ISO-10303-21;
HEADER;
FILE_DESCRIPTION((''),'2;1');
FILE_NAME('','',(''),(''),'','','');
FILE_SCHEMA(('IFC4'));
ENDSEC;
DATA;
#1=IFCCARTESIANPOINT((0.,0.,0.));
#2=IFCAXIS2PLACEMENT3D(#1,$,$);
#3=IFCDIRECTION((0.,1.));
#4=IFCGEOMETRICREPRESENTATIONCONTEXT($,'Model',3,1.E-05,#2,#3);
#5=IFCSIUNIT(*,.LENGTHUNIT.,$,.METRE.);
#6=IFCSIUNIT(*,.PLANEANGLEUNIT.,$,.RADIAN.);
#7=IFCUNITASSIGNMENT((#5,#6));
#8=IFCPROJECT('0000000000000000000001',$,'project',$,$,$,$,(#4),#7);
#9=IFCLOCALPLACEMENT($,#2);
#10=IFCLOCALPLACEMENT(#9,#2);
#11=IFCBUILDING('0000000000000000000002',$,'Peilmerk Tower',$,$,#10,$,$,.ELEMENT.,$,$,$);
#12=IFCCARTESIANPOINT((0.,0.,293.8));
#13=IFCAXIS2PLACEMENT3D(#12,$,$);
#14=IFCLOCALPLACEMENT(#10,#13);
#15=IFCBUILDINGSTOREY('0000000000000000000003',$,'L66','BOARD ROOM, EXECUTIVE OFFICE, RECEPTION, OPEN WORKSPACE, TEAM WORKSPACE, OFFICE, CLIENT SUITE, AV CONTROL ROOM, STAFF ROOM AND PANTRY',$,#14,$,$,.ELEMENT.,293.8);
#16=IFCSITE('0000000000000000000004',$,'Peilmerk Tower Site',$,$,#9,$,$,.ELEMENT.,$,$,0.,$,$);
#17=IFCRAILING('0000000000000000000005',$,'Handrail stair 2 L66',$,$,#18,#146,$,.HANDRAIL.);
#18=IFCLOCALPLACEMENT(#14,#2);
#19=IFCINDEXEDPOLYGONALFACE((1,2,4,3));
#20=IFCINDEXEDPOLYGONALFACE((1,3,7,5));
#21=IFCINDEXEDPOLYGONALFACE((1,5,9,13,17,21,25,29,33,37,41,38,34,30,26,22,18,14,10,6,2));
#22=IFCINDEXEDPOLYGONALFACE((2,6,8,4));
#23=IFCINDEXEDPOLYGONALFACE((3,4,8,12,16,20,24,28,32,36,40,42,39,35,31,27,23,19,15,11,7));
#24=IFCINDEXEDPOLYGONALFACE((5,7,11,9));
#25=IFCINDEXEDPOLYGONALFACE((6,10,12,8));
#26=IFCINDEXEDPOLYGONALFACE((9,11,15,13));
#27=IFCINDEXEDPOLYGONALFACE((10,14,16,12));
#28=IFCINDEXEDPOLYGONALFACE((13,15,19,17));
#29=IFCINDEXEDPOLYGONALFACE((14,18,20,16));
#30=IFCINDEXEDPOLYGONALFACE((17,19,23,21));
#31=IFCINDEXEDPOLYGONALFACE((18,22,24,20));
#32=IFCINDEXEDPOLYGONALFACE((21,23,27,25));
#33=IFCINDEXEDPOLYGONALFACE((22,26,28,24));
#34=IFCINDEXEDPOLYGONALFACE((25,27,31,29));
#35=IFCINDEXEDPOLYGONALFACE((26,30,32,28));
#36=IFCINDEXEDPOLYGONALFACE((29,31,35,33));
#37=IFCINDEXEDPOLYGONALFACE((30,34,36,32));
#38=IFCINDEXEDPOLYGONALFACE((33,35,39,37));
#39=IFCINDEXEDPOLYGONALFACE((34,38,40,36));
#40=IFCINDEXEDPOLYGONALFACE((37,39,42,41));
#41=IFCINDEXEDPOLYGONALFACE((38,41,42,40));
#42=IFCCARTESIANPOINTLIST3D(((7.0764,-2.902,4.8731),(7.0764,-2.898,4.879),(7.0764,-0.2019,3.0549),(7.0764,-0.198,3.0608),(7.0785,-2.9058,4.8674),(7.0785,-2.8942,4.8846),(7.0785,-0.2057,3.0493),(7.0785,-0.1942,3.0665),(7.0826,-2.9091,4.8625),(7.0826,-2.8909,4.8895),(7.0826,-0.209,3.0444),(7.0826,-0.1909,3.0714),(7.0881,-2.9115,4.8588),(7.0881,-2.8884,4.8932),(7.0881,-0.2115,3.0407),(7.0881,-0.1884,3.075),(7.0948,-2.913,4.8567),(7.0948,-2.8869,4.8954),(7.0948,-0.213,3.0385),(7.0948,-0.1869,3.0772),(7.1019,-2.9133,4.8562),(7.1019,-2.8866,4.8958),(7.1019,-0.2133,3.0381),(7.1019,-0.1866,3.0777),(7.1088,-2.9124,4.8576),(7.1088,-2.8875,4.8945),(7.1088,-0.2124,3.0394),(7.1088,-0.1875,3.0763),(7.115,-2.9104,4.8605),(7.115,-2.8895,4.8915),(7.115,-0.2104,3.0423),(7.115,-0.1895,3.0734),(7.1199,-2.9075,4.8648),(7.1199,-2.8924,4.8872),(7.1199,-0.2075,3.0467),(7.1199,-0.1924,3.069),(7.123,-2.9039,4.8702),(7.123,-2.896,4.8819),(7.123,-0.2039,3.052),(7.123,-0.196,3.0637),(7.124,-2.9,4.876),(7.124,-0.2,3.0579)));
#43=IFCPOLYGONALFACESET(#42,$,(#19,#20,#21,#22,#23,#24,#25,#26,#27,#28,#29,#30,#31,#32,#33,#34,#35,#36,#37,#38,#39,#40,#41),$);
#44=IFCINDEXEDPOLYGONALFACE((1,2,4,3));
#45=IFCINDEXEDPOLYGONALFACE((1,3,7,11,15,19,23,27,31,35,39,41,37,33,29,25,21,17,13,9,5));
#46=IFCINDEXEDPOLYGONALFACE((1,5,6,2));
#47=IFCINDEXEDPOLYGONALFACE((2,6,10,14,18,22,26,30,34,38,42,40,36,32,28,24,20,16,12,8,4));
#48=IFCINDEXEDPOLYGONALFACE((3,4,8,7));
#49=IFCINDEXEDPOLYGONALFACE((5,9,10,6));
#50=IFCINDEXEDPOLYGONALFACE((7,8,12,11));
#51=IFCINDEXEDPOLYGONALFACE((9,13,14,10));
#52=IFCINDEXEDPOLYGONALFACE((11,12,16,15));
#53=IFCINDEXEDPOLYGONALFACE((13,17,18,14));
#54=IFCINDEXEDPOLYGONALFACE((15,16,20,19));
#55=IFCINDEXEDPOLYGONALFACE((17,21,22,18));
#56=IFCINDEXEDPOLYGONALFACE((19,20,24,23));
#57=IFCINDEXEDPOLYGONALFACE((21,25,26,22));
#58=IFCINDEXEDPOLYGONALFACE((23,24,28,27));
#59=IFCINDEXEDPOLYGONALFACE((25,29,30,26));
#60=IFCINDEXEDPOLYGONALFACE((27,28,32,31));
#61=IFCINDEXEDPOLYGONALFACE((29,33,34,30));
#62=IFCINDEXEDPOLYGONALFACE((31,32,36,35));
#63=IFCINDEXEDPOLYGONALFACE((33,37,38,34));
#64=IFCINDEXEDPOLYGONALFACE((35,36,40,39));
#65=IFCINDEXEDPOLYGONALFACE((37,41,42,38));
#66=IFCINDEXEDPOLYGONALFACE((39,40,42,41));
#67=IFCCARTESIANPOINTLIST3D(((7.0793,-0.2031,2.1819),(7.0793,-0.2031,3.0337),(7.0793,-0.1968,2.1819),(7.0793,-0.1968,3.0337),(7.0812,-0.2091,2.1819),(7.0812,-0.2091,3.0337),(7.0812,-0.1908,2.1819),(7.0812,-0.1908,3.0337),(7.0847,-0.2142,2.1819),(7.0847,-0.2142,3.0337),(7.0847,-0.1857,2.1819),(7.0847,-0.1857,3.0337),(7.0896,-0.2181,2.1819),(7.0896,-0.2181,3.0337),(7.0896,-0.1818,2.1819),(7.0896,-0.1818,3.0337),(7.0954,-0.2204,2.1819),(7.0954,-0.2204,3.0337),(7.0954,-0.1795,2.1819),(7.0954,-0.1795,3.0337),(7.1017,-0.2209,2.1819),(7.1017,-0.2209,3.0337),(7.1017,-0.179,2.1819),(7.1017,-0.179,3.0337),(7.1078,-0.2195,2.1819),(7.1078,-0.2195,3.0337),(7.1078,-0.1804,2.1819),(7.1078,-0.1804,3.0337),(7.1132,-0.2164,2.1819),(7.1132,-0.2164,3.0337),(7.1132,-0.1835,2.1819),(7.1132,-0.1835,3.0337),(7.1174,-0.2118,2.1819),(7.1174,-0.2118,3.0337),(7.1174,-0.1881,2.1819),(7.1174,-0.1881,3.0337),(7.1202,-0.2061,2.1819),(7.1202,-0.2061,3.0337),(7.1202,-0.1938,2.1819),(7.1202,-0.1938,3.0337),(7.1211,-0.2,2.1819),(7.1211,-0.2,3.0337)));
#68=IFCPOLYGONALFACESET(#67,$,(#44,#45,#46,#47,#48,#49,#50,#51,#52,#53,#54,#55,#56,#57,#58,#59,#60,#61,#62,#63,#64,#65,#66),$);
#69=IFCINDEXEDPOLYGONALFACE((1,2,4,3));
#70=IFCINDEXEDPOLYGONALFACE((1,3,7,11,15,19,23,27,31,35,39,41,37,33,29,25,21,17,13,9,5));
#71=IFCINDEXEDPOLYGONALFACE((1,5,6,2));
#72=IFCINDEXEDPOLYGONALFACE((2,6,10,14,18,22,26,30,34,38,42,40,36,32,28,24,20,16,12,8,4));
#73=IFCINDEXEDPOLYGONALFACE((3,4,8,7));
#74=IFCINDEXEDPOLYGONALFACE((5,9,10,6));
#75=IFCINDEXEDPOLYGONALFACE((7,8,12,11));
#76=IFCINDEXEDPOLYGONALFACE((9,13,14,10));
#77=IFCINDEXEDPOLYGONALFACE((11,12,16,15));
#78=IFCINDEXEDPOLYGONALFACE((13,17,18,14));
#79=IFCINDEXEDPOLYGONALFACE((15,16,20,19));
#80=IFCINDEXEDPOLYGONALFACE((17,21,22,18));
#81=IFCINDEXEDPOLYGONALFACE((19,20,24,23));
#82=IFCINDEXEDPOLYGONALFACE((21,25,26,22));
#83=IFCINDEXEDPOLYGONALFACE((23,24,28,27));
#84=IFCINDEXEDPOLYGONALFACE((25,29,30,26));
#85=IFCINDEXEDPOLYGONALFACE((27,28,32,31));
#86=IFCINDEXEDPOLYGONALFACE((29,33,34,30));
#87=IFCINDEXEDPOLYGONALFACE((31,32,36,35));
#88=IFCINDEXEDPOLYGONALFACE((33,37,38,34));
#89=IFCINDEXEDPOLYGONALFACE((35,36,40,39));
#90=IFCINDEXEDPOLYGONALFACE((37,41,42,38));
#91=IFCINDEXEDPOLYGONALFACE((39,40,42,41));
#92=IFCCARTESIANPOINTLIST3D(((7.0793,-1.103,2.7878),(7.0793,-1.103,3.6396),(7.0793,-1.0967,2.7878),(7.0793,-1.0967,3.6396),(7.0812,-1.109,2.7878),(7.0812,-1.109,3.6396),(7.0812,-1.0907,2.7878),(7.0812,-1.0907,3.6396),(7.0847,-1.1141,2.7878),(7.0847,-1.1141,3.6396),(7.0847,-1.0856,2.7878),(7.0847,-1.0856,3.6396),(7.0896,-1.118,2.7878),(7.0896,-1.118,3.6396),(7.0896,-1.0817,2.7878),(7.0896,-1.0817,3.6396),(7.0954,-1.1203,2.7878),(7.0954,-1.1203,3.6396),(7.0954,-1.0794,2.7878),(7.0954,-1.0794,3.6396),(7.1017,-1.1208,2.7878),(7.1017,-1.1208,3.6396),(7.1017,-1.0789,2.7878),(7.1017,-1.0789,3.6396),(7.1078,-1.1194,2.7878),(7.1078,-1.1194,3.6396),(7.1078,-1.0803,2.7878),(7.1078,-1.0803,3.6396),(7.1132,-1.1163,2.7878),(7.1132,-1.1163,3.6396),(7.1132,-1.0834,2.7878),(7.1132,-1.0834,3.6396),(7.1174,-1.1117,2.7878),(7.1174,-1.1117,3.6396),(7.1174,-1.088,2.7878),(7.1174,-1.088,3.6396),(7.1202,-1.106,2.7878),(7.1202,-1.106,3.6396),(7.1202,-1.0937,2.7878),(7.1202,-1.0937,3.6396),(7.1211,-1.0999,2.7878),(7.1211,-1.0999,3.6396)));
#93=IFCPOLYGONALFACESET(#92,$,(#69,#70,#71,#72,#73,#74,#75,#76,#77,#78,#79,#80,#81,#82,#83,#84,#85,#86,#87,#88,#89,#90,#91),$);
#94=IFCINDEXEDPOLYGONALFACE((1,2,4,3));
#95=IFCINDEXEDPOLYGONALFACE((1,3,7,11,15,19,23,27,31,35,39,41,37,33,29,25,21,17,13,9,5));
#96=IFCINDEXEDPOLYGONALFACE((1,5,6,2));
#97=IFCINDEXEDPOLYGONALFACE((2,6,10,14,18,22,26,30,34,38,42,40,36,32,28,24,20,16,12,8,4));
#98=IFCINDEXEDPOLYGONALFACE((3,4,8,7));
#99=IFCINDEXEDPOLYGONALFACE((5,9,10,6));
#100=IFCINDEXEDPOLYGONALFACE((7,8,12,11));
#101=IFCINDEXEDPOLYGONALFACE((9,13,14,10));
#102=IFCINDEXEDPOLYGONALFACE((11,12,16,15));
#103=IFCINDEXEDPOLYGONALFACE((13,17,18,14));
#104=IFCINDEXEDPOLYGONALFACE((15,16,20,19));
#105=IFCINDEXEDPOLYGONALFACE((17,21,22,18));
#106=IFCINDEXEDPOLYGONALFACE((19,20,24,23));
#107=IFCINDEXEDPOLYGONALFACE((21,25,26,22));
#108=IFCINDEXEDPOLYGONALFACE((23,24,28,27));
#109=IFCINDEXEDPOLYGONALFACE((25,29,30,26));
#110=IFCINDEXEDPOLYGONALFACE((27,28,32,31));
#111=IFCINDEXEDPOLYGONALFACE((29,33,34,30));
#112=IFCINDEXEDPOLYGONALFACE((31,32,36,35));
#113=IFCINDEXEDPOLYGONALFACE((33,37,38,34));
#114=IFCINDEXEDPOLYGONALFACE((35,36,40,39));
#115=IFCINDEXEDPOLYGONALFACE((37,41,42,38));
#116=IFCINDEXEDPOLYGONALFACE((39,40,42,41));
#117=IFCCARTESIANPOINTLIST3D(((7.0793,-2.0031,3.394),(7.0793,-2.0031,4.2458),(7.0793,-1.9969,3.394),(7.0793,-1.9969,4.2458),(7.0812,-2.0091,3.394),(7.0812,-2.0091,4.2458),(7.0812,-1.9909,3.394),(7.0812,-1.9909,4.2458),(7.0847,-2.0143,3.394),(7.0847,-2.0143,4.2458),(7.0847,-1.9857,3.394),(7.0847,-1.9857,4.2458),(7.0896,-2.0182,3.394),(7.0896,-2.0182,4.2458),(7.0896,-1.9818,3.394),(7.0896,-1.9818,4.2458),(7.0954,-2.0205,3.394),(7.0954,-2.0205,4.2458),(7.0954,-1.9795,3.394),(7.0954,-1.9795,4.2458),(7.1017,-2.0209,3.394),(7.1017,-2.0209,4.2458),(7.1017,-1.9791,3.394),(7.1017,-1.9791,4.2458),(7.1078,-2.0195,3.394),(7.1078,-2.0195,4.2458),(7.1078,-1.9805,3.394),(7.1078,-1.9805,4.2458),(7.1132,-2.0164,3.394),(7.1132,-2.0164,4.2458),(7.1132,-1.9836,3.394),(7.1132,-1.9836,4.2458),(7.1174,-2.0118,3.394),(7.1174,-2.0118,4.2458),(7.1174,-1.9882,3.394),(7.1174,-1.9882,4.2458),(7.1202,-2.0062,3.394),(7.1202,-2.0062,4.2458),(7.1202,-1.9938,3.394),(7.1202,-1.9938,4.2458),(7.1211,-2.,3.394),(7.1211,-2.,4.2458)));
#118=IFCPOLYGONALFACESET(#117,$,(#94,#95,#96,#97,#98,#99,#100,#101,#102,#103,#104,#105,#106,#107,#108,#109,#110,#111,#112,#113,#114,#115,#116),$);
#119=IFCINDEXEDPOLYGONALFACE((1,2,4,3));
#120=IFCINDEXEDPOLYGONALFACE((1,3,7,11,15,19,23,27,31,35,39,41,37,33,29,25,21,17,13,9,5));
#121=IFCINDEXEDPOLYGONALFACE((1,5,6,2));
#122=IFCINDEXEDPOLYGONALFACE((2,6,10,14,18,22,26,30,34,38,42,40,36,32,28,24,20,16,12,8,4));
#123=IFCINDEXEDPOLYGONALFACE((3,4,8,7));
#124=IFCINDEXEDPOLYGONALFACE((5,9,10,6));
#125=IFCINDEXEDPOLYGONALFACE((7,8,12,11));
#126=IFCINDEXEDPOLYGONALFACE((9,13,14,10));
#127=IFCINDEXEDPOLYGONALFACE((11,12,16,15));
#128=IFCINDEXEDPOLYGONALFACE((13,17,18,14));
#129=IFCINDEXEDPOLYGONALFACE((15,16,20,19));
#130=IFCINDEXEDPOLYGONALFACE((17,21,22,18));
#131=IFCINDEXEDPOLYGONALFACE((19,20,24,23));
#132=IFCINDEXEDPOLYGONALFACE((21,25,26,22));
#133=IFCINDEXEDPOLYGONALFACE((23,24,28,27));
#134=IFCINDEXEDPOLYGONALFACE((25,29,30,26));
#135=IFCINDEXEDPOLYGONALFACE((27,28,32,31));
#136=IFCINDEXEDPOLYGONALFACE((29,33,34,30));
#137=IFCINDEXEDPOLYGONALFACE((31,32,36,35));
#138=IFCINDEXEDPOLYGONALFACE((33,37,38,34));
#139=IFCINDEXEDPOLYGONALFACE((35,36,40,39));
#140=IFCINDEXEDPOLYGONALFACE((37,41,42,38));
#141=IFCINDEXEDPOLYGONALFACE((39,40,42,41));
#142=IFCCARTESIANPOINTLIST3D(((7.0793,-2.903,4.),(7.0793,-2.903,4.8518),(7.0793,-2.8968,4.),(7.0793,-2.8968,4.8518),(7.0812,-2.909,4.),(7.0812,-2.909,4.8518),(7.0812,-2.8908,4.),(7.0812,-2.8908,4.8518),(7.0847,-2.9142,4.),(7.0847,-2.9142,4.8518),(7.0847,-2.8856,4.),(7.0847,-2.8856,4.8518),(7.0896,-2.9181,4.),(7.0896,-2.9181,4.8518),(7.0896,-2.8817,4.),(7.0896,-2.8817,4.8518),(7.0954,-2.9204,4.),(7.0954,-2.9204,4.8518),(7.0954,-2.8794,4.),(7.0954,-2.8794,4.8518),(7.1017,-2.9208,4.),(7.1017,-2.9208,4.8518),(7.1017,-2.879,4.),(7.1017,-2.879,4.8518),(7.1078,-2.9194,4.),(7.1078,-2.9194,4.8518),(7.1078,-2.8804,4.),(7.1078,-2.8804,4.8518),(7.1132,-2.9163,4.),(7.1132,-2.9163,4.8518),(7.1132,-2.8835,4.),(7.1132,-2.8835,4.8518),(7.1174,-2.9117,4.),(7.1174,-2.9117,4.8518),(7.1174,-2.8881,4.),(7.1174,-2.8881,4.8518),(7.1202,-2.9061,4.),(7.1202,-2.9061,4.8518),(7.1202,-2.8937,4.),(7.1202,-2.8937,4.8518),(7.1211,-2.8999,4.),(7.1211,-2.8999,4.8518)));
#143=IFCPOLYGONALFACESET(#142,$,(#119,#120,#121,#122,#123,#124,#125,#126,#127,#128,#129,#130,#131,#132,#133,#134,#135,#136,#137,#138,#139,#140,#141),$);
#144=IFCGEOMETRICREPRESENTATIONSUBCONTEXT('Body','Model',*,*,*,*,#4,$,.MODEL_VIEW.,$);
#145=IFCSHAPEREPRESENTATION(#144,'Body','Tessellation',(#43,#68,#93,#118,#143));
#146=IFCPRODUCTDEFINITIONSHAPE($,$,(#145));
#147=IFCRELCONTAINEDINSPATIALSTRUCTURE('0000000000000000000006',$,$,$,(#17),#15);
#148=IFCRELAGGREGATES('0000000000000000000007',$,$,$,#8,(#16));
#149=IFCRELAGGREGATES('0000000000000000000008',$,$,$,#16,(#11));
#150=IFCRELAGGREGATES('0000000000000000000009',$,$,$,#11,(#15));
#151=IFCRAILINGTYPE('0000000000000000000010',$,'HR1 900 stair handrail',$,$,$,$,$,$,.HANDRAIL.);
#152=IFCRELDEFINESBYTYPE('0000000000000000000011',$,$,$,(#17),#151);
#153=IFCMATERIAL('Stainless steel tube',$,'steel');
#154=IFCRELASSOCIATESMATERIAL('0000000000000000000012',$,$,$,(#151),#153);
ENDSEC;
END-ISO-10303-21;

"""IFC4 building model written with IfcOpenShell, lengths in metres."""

from ifc_helpers import new_model, si_unit, direction, frame, origin, origin_2d, place, context, subcontext, project, spatial, circle, extrude, material, type_object, element, save


model = new_model("IFC4")

# Units and contexts
model_context = context("Model", 3, precision=1e-05, world=origin(), true_north=direction((0.0, 1.0)))
body_context = subcontext(model_context, "Body", "Model", "MODEL_VIEW")
ifc_project = project(units=[si_unit("LENGTHUNIT", "METRE"), si_unit("PLANEANGLEUNIT", "RADIAN")], contexts=[model_context])

# Site, building, storey
site_placement = place(None, origin())
site = spatial("IfcSite", under=ifc_project, at=site_placement, Name="Peilmerk Tower Site", CompositionType="ELEMENT", RefElevation=0.0)
building_placement = place(site_placement, origin())
building = spatial("IfcBuilding", under=site, at=building_placement, Name="Peilmerk Tower", CompositionType="ELEMENT")
storey_placement = place(building_placement, frame((0.0, 0.0, 293.8)))
storey = spatial("IfcBuildingStorey", under=building, at=storey_placement, Name="L66", Description="BOARD ROOM, EXECUTIVE OFFICE, RECEPTION, OPEN WORKSPACE, TEAM WORKSPACE, OFFICE, CLIENT SUITE, AV CONTROL ROOM, STAFF ROOM AND PANTRY", CompositionType="ELEMENT", Elevation=293.8)

# Railing
ifc_material_1 = material(Name="Stainless steel tube", Category="steel")
railing_type_1 = type_object("IfcRailingType", Name="HR1 900 stair handrail", PredefinedType="HANDRAIL", material=ifc_material_1)
railing_1_placement = place(storey_placement, frame((7.1001, -0.2, 2.1819)))
element("IfcRailing", 1, at=railing_1_placement, inside=storey, type_object=railing_type_1, Name="Handrail stair 2 L66", PredefinedType="HANDRAIL", context=body_context, shape_type="SweptSolid", body=[
    extrude(circle(Radius=0.0239, at=origin_2d()), frame((0.0, 0.0, 0.876), z_axis=(0.0, -0.829468, 0.558554), x_axis=(1.0, 0.0, 0.0)), (0.0, 0.0, 1.0), 3.2551),
    extrude(circle(Radius=0.021, at=origin_2d()), origin(), (0.0, 0.0, 1.0), 0.8518),
    extrude(circle(Radius=0.021, at=origin_2d()), frame((0.0, -0.8999, 0.606)), (0.0, 0.0, 1.0), 0.8518),
    extrude(circle(Radius=0.021, at=origin_2d()), frame((0.0, -1.8, 1.2122)), (0.0, 0.0, 1.0), 0.8518),
    extrude(circle(Radius=0.021, at=origin_2d()), frame((0.0, -2.7, 1.8181)), (0.0, 0.0, 1.0), 0.8518),
])

save(model, "model.ifc")
